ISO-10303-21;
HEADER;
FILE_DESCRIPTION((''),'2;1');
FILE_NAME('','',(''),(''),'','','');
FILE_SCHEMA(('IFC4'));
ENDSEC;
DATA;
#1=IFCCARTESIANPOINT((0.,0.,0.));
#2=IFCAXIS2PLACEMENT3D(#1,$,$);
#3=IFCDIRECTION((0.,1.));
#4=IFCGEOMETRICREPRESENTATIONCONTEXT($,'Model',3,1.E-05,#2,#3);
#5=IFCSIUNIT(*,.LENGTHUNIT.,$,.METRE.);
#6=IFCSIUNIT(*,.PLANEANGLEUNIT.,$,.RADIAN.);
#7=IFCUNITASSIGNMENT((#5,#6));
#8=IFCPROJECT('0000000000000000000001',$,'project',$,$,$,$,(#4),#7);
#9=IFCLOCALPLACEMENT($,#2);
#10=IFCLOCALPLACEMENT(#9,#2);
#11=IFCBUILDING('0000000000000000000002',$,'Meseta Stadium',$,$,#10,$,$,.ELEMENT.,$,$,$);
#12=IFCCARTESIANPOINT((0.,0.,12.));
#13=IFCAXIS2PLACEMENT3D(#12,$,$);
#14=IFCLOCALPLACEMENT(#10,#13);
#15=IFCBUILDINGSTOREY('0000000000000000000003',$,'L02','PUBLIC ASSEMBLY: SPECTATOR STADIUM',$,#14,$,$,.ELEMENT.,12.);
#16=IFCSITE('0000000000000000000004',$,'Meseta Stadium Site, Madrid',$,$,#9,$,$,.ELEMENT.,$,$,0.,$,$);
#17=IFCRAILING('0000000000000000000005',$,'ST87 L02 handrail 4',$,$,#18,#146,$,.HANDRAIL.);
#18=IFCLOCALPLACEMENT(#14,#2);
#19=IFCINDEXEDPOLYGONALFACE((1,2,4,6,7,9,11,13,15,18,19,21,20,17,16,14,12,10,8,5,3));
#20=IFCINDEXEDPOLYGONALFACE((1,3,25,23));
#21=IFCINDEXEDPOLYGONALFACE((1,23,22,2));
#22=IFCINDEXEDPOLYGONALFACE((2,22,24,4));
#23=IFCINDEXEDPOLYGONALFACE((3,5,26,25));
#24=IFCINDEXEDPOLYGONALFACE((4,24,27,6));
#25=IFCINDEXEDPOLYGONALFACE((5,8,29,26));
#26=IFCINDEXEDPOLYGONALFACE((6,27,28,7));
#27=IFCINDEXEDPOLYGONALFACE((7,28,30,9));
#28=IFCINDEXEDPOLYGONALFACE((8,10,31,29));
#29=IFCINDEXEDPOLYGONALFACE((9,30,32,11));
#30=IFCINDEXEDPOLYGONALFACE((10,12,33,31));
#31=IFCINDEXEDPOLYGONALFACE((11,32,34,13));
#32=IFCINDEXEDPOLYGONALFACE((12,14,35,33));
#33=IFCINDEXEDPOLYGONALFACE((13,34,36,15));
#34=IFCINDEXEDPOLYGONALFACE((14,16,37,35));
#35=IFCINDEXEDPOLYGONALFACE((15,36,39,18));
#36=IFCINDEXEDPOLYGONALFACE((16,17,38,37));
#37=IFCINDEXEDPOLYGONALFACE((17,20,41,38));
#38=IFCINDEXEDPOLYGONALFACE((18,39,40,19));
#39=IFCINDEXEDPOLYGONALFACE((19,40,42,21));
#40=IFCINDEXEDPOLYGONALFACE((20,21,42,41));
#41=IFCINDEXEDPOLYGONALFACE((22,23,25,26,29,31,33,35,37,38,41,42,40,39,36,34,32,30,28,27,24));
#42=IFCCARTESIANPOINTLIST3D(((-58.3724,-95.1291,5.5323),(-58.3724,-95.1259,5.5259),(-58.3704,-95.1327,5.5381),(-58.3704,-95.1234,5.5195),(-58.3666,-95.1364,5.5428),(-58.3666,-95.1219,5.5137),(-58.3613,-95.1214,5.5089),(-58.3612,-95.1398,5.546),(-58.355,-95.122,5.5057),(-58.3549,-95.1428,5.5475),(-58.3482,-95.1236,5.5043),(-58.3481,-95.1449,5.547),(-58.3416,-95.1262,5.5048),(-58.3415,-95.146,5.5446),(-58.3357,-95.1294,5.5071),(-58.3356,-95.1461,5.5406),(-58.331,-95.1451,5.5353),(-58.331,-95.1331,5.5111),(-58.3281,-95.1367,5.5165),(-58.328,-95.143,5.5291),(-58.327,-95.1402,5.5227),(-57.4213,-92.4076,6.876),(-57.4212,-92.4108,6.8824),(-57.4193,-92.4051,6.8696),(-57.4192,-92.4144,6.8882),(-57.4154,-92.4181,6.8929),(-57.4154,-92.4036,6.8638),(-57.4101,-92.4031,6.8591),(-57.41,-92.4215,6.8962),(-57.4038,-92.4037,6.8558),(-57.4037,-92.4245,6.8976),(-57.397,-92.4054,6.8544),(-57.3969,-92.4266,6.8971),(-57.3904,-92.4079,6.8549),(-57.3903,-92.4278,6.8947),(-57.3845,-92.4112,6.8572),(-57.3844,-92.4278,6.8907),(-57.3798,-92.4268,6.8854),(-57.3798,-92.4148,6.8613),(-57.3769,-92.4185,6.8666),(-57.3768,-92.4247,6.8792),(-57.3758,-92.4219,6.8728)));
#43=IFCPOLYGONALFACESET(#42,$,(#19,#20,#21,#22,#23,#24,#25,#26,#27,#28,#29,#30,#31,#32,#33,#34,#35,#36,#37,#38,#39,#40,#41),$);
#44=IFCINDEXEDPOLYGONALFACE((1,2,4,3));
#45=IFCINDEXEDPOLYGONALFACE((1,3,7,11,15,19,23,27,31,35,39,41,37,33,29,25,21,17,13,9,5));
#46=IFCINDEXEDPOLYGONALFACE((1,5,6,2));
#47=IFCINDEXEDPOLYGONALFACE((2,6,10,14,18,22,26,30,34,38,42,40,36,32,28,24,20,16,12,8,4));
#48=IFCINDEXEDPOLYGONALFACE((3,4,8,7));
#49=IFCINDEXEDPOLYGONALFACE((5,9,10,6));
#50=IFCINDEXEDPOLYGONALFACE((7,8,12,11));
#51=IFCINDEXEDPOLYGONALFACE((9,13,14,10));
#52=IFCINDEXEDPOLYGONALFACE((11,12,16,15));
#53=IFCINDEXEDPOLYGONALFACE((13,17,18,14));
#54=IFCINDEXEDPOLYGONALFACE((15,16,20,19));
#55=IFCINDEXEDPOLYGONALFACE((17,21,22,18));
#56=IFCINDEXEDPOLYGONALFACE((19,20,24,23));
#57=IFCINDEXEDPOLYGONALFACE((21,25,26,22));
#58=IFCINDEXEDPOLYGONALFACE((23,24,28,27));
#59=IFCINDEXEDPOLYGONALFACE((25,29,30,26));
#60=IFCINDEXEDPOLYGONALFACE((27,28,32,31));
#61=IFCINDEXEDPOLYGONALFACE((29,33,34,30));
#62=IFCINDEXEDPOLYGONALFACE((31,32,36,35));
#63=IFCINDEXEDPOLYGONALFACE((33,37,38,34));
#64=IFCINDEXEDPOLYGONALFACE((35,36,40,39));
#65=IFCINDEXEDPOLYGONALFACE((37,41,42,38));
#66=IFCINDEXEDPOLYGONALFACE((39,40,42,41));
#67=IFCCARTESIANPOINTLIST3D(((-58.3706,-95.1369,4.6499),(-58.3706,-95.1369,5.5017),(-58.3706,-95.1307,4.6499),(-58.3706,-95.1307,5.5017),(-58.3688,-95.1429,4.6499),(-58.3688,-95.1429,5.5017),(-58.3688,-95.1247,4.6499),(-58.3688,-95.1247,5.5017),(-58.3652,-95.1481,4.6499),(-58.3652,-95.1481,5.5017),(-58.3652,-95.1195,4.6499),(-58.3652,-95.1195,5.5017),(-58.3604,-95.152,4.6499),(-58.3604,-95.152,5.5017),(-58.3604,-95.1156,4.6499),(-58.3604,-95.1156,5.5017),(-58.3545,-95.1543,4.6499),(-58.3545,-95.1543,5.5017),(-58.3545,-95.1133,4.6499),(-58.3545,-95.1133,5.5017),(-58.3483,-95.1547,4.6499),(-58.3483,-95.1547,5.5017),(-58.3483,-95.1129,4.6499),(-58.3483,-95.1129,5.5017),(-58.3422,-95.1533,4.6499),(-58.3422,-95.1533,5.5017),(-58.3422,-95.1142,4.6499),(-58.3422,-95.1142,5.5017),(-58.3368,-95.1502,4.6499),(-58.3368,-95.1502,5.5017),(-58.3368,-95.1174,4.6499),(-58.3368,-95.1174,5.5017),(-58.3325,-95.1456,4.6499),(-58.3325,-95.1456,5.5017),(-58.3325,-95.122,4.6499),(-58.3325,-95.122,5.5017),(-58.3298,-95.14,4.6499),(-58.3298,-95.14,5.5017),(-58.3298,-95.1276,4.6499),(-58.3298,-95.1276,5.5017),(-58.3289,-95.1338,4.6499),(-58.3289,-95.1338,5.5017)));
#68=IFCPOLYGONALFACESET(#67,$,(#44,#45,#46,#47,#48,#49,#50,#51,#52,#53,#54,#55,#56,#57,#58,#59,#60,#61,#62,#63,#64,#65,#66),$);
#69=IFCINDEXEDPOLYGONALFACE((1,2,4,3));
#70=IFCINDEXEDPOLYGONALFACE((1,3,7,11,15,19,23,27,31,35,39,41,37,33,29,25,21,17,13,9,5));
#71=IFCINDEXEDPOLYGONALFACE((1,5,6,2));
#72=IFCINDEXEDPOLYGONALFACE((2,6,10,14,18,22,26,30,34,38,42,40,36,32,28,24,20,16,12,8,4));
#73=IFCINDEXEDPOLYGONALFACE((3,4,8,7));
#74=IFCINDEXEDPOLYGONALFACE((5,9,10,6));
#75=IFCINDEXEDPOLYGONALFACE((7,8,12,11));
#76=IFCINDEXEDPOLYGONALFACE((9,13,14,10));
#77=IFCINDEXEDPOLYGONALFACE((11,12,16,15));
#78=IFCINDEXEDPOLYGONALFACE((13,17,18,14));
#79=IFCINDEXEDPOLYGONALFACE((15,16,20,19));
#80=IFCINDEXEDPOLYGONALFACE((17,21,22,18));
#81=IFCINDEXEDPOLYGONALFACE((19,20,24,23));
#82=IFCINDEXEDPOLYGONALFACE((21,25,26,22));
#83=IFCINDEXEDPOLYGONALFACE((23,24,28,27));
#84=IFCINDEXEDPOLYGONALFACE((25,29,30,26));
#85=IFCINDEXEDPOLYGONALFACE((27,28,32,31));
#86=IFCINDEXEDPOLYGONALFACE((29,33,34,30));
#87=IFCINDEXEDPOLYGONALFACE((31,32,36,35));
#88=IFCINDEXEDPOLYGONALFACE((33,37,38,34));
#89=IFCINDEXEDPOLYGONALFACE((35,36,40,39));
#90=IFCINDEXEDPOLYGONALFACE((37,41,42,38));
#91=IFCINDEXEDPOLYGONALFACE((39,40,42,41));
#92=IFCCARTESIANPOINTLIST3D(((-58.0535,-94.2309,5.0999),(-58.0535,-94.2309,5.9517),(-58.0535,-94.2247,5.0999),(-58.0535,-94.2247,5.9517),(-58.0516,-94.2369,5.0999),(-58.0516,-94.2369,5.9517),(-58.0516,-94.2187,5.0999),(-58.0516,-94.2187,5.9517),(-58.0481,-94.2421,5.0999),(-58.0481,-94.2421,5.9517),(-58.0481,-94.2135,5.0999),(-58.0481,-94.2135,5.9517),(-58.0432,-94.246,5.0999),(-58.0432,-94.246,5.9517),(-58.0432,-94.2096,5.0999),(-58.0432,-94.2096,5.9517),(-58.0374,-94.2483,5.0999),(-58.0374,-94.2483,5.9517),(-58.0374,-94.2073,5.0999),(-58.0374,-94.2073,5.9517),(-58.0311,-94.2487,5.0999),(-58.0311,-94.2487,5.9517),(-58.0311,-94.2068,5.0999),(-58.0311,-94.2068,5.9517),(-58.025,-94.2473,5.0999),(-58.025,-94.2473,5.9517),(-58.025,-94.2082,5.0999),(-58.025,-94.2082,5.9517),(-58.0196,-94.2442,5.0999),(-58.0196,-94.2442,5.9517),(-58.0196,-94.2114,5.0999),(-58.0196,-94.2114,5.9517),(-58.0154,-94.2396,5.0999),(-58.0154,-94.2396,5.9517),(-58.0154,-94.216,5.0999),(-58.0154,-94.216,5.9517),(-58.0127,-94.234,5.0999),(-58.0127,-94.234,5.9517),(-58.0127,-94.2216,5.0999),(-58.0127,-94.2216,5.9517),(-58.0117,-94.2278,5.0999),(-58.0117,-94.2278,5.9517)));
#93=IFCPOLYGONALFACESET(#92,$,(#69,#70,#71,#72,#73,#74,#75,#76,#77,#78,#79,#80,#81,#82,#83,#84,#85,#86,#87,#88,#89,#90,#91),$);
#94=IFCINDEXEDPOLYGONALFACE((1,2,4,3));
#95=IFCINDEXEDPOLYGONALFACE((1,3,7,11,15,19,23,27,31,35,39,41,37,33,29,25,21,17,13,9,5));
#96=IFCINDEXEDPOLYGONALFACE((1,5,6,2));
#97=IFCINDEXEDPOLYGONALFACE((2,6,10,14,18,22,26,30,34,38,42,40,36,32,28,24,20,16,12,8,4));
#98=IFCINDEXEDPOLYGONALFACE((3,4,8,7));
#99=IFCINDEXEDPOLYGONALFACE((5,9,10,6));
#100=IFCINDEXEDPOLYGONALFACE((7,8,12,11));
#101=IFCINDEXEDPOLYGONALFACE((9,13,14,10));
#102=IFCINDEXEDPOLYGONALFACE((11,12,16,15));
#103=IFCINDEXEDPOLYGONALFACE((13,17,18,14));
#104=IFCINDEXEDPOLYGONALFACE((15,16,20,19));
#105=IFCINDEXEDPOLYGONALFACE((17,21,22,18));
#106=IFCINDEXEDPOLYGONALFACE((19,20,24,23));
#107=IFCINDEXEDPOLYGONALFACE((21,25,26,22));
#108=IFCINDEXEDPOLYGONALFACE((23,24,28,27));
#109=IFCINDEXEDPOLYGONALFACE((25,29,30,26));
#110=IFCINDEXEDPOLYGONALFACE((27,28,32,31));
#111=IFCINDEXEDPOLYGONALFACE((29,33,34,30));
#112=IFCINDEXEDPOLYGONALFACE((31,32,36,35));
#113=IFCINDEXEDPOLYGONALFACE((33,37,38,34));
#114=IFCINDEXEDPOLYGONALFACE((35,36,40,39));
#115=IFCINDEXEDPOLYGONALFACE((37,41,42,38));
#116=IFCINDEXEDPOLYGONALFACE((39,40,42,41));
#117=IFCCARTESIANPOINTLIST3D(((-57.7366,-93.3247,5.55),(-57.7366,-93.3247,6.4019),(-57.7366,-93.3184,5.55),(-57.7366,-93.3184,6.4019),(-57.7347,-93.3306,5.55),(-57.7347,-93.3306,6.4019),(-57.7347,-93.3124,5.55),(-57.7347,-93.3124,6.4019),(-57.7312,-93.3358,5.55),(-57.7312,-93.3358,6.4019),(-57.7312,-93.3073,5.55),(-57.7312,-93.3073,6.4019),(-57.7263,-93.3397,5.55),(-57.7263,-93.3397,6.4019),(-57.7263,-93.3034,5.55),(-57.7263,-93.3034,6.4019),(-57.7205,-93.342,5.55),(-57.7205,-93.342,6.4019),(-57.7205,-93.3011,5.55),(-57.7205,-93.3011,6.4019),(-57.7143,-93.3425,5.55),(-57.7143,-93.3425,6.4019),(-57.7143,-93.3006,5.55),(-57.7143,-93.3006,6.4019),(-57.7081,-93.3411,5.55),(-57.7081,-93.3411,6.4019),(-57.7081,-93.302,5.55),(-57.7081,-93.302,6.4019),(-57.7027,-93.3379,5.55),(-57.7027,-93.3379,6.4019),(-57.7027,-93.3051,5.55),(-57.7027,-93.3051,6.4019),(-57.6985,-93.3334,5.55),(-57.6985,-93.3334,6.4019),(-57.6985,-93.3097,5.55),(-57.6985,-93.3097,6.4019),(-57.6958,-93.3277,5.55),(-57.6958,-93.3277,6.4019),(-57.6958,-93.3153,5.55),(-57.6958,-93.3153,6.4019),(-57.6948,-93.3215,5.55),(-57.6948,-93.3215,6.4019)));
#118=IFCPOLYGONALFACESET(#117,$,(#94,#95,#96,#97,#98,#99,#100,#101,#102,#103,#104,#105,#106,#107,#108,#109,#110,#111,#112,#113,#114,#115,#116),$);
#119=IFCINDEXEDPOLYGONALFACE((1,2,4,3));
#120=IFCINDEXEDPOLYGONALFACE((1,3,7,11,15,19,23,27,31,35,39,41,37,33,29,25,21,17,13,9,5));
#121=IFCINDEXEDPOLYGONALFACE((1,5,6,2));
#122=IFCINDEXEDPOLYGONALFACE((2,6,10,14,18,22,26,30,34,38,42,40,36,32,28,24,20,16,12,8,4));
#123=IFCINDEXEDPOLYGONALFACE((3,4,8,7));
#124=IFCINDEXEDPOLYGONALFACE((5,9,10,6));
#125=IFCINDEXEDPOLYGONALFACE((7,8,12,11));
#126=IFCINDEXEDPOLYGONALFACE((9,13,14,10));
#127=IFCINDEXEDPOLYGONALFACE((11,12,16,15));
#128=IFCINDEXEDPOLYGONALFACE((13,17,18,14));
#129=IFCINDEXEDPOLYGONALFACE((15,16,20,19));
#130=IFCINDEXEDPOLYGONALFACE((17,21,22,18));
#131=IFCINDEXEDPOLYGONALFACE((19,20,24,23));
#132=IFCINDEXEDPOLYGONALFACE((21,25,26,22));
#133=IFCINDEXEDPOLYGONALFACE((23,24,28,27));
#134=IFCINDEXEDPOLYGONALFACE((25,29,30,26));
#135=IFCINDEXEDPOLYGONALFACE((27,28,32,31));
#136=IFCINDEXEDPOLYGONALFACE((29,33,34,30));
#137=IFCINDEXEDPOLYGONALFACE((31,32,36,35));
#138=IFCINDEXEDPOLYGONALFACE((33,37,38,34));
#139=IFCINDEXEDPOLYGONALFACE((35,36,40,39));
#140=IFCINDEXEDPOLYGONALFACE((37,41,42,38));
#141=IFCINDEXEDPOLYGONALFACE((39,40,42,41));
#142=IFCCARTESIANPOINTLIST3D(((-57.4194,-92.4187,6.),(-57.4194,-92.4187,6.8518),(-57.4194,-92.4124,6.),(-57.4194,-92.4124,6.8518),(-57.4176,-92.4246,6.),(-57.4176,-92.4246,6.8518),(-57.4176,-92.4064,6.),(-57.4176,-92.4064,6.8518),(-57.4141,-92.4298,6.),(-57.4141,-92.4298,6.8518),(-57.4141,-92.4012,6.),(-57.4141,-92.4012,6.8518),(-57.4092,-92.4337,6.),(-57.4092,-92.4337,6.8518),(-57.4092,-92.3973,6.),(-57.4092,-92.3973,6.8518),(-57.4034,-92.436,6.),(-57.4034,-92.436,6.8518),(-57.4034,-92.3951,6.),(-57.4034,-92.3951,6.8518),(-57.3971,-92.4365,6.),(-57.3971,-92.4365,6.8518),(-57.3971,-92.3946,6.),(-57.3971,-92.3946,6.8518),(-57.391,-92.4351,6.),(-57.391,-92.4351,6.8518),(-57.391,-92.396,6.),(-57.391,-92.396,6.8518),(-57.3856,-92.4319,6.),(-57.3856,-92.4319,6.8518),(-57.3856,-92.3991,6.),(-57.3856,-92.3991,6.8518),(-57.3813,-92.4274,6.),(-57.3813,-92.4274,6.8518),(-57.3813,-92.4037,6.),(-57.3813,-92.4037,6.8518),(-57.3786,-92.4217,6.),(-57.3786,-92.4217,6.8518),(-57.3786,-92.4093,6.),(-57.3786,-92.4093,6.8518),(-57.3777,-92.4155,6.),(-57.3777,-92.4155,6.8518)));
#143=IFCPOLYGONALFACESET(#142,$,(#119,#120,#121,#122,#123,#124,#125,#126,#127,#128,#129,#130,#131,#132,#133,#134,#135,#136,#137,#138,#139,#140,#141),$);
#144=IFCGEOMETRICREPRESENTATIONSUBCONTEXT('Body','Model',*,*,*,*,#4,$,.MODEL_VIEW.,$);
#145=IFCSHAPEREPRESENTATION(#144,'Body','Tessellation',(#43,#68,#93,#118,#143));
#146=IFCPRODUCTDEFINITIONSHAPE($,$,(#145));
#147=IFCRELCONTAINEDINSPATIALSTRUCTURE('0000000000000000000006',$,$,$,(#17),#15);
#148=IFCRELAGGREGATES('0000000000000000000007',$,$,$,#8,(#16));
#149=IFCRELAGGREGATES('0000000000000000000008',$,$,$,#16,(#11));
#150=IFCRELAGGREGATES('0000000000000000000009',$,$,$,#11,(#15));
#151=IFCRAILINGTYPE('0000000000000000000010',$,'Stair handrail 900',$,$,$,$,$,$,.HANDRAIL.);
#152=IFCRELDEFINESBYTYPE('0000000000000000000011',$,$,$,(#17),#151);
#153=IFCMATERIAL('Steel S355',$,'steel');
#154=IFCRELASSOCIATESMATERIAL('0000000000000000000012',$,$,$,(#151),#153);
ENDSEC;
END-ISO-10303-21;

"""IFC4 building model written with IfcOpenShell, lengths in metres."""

from ifc_helpers import new_model, si_unit, direction, frame, origin, origin_2d, place, context, subcontext, project, spatial, circle, extrude, material, type_object, element, save


model = new_model("IFC4")

# Units and contexts
model_context = context("Model", 3, precision=1e-05, world=origin(), true_north=direction((0.0, 1.0)))
body_context = subcontext(model_context, "Body", "Model", "MODEL_VIEW")
ifc_project = project(units=[si_unit("LENGTHUNIT", "METRE"), si_unit("PLANEANGLEUNIT", "RADIAN")], contexts=[model_context])

# Site, building, storey
site_placement = place(None, origin())
site = spatial("IfcSite", under=ifc_project, at=site_placement, Name="Meseta Stadium Site, Madrid", CompositionType="ELEMENT", RefElevation=0.0)
building_placement = place(site_placement, origin())
building = spatial("IfcBuilding", under=site, at=building_placement, Name="Meseta Stadium", CompositionType="ELEMENT")
storey_placement = place(building_placement, frame((0.0, 0.0, 12.0)))
storey = spatial("IfcBuildingStorey", under=building, at=storey_placement, Name="L02", Description="PUBLIC ASSEMBLY: SPECTATOR STADIUM", CompositionType="ELEMENT", Elevation=12.0)

# Railing
ifc_material_1 = material(Name="Steel S355", Category="steel")
railing_type_1 = type_object("IfcRailingType", Name="Stair handrail 900", PredefinedType="HANDRAIL", material=ifc_material_1)
for number, where, name in (
    (1, (-58.3499, -95.1338, 4.6499), "ST87 L02 handrail 4"),
):
    element("IfcRailing", number, at=place(storey_placement, frame(where)), inside=storey, type_object=railing_type_1, Name=name, PredefinedType="HANDRAIL", context=body_context, shape_type="SweptSolid", body=[
        extrude(circle(Radius=0.0239, at=origin_2d()), frame((0.0, 0.0, 0.876), z_axis=(0.299051, 0.854629, 0.424474), x_axis=(-0.943882, 0.330282, 0.0)), (0.0, 0.0, 1.0), 3.1807),
        extrude(circle(Radius=0.021, at=origin_2d()), origin(), (0.0, 0.0, 1.0), 0.8518),
        extrude(circle(Radius=0.021, at=origin_2d()), frame((0.3171, 0.906, 0.45)), (0.0, 0.0, 1.0), 0.8518),
        extrude(circle(Radius=0.021, at=origin_2d()), frame((0.634, 1.8123, 0.9001)), (0.0, 0.0, 1.0), 0.8518),
        extrude(circle(Radius=0.021, at=origin_2d()), frame((0.9512, 2.7183, 1.3501)), (0.0, 0.0, 1.0), 0.8518),
    ])

save(model, "model.ifc")
